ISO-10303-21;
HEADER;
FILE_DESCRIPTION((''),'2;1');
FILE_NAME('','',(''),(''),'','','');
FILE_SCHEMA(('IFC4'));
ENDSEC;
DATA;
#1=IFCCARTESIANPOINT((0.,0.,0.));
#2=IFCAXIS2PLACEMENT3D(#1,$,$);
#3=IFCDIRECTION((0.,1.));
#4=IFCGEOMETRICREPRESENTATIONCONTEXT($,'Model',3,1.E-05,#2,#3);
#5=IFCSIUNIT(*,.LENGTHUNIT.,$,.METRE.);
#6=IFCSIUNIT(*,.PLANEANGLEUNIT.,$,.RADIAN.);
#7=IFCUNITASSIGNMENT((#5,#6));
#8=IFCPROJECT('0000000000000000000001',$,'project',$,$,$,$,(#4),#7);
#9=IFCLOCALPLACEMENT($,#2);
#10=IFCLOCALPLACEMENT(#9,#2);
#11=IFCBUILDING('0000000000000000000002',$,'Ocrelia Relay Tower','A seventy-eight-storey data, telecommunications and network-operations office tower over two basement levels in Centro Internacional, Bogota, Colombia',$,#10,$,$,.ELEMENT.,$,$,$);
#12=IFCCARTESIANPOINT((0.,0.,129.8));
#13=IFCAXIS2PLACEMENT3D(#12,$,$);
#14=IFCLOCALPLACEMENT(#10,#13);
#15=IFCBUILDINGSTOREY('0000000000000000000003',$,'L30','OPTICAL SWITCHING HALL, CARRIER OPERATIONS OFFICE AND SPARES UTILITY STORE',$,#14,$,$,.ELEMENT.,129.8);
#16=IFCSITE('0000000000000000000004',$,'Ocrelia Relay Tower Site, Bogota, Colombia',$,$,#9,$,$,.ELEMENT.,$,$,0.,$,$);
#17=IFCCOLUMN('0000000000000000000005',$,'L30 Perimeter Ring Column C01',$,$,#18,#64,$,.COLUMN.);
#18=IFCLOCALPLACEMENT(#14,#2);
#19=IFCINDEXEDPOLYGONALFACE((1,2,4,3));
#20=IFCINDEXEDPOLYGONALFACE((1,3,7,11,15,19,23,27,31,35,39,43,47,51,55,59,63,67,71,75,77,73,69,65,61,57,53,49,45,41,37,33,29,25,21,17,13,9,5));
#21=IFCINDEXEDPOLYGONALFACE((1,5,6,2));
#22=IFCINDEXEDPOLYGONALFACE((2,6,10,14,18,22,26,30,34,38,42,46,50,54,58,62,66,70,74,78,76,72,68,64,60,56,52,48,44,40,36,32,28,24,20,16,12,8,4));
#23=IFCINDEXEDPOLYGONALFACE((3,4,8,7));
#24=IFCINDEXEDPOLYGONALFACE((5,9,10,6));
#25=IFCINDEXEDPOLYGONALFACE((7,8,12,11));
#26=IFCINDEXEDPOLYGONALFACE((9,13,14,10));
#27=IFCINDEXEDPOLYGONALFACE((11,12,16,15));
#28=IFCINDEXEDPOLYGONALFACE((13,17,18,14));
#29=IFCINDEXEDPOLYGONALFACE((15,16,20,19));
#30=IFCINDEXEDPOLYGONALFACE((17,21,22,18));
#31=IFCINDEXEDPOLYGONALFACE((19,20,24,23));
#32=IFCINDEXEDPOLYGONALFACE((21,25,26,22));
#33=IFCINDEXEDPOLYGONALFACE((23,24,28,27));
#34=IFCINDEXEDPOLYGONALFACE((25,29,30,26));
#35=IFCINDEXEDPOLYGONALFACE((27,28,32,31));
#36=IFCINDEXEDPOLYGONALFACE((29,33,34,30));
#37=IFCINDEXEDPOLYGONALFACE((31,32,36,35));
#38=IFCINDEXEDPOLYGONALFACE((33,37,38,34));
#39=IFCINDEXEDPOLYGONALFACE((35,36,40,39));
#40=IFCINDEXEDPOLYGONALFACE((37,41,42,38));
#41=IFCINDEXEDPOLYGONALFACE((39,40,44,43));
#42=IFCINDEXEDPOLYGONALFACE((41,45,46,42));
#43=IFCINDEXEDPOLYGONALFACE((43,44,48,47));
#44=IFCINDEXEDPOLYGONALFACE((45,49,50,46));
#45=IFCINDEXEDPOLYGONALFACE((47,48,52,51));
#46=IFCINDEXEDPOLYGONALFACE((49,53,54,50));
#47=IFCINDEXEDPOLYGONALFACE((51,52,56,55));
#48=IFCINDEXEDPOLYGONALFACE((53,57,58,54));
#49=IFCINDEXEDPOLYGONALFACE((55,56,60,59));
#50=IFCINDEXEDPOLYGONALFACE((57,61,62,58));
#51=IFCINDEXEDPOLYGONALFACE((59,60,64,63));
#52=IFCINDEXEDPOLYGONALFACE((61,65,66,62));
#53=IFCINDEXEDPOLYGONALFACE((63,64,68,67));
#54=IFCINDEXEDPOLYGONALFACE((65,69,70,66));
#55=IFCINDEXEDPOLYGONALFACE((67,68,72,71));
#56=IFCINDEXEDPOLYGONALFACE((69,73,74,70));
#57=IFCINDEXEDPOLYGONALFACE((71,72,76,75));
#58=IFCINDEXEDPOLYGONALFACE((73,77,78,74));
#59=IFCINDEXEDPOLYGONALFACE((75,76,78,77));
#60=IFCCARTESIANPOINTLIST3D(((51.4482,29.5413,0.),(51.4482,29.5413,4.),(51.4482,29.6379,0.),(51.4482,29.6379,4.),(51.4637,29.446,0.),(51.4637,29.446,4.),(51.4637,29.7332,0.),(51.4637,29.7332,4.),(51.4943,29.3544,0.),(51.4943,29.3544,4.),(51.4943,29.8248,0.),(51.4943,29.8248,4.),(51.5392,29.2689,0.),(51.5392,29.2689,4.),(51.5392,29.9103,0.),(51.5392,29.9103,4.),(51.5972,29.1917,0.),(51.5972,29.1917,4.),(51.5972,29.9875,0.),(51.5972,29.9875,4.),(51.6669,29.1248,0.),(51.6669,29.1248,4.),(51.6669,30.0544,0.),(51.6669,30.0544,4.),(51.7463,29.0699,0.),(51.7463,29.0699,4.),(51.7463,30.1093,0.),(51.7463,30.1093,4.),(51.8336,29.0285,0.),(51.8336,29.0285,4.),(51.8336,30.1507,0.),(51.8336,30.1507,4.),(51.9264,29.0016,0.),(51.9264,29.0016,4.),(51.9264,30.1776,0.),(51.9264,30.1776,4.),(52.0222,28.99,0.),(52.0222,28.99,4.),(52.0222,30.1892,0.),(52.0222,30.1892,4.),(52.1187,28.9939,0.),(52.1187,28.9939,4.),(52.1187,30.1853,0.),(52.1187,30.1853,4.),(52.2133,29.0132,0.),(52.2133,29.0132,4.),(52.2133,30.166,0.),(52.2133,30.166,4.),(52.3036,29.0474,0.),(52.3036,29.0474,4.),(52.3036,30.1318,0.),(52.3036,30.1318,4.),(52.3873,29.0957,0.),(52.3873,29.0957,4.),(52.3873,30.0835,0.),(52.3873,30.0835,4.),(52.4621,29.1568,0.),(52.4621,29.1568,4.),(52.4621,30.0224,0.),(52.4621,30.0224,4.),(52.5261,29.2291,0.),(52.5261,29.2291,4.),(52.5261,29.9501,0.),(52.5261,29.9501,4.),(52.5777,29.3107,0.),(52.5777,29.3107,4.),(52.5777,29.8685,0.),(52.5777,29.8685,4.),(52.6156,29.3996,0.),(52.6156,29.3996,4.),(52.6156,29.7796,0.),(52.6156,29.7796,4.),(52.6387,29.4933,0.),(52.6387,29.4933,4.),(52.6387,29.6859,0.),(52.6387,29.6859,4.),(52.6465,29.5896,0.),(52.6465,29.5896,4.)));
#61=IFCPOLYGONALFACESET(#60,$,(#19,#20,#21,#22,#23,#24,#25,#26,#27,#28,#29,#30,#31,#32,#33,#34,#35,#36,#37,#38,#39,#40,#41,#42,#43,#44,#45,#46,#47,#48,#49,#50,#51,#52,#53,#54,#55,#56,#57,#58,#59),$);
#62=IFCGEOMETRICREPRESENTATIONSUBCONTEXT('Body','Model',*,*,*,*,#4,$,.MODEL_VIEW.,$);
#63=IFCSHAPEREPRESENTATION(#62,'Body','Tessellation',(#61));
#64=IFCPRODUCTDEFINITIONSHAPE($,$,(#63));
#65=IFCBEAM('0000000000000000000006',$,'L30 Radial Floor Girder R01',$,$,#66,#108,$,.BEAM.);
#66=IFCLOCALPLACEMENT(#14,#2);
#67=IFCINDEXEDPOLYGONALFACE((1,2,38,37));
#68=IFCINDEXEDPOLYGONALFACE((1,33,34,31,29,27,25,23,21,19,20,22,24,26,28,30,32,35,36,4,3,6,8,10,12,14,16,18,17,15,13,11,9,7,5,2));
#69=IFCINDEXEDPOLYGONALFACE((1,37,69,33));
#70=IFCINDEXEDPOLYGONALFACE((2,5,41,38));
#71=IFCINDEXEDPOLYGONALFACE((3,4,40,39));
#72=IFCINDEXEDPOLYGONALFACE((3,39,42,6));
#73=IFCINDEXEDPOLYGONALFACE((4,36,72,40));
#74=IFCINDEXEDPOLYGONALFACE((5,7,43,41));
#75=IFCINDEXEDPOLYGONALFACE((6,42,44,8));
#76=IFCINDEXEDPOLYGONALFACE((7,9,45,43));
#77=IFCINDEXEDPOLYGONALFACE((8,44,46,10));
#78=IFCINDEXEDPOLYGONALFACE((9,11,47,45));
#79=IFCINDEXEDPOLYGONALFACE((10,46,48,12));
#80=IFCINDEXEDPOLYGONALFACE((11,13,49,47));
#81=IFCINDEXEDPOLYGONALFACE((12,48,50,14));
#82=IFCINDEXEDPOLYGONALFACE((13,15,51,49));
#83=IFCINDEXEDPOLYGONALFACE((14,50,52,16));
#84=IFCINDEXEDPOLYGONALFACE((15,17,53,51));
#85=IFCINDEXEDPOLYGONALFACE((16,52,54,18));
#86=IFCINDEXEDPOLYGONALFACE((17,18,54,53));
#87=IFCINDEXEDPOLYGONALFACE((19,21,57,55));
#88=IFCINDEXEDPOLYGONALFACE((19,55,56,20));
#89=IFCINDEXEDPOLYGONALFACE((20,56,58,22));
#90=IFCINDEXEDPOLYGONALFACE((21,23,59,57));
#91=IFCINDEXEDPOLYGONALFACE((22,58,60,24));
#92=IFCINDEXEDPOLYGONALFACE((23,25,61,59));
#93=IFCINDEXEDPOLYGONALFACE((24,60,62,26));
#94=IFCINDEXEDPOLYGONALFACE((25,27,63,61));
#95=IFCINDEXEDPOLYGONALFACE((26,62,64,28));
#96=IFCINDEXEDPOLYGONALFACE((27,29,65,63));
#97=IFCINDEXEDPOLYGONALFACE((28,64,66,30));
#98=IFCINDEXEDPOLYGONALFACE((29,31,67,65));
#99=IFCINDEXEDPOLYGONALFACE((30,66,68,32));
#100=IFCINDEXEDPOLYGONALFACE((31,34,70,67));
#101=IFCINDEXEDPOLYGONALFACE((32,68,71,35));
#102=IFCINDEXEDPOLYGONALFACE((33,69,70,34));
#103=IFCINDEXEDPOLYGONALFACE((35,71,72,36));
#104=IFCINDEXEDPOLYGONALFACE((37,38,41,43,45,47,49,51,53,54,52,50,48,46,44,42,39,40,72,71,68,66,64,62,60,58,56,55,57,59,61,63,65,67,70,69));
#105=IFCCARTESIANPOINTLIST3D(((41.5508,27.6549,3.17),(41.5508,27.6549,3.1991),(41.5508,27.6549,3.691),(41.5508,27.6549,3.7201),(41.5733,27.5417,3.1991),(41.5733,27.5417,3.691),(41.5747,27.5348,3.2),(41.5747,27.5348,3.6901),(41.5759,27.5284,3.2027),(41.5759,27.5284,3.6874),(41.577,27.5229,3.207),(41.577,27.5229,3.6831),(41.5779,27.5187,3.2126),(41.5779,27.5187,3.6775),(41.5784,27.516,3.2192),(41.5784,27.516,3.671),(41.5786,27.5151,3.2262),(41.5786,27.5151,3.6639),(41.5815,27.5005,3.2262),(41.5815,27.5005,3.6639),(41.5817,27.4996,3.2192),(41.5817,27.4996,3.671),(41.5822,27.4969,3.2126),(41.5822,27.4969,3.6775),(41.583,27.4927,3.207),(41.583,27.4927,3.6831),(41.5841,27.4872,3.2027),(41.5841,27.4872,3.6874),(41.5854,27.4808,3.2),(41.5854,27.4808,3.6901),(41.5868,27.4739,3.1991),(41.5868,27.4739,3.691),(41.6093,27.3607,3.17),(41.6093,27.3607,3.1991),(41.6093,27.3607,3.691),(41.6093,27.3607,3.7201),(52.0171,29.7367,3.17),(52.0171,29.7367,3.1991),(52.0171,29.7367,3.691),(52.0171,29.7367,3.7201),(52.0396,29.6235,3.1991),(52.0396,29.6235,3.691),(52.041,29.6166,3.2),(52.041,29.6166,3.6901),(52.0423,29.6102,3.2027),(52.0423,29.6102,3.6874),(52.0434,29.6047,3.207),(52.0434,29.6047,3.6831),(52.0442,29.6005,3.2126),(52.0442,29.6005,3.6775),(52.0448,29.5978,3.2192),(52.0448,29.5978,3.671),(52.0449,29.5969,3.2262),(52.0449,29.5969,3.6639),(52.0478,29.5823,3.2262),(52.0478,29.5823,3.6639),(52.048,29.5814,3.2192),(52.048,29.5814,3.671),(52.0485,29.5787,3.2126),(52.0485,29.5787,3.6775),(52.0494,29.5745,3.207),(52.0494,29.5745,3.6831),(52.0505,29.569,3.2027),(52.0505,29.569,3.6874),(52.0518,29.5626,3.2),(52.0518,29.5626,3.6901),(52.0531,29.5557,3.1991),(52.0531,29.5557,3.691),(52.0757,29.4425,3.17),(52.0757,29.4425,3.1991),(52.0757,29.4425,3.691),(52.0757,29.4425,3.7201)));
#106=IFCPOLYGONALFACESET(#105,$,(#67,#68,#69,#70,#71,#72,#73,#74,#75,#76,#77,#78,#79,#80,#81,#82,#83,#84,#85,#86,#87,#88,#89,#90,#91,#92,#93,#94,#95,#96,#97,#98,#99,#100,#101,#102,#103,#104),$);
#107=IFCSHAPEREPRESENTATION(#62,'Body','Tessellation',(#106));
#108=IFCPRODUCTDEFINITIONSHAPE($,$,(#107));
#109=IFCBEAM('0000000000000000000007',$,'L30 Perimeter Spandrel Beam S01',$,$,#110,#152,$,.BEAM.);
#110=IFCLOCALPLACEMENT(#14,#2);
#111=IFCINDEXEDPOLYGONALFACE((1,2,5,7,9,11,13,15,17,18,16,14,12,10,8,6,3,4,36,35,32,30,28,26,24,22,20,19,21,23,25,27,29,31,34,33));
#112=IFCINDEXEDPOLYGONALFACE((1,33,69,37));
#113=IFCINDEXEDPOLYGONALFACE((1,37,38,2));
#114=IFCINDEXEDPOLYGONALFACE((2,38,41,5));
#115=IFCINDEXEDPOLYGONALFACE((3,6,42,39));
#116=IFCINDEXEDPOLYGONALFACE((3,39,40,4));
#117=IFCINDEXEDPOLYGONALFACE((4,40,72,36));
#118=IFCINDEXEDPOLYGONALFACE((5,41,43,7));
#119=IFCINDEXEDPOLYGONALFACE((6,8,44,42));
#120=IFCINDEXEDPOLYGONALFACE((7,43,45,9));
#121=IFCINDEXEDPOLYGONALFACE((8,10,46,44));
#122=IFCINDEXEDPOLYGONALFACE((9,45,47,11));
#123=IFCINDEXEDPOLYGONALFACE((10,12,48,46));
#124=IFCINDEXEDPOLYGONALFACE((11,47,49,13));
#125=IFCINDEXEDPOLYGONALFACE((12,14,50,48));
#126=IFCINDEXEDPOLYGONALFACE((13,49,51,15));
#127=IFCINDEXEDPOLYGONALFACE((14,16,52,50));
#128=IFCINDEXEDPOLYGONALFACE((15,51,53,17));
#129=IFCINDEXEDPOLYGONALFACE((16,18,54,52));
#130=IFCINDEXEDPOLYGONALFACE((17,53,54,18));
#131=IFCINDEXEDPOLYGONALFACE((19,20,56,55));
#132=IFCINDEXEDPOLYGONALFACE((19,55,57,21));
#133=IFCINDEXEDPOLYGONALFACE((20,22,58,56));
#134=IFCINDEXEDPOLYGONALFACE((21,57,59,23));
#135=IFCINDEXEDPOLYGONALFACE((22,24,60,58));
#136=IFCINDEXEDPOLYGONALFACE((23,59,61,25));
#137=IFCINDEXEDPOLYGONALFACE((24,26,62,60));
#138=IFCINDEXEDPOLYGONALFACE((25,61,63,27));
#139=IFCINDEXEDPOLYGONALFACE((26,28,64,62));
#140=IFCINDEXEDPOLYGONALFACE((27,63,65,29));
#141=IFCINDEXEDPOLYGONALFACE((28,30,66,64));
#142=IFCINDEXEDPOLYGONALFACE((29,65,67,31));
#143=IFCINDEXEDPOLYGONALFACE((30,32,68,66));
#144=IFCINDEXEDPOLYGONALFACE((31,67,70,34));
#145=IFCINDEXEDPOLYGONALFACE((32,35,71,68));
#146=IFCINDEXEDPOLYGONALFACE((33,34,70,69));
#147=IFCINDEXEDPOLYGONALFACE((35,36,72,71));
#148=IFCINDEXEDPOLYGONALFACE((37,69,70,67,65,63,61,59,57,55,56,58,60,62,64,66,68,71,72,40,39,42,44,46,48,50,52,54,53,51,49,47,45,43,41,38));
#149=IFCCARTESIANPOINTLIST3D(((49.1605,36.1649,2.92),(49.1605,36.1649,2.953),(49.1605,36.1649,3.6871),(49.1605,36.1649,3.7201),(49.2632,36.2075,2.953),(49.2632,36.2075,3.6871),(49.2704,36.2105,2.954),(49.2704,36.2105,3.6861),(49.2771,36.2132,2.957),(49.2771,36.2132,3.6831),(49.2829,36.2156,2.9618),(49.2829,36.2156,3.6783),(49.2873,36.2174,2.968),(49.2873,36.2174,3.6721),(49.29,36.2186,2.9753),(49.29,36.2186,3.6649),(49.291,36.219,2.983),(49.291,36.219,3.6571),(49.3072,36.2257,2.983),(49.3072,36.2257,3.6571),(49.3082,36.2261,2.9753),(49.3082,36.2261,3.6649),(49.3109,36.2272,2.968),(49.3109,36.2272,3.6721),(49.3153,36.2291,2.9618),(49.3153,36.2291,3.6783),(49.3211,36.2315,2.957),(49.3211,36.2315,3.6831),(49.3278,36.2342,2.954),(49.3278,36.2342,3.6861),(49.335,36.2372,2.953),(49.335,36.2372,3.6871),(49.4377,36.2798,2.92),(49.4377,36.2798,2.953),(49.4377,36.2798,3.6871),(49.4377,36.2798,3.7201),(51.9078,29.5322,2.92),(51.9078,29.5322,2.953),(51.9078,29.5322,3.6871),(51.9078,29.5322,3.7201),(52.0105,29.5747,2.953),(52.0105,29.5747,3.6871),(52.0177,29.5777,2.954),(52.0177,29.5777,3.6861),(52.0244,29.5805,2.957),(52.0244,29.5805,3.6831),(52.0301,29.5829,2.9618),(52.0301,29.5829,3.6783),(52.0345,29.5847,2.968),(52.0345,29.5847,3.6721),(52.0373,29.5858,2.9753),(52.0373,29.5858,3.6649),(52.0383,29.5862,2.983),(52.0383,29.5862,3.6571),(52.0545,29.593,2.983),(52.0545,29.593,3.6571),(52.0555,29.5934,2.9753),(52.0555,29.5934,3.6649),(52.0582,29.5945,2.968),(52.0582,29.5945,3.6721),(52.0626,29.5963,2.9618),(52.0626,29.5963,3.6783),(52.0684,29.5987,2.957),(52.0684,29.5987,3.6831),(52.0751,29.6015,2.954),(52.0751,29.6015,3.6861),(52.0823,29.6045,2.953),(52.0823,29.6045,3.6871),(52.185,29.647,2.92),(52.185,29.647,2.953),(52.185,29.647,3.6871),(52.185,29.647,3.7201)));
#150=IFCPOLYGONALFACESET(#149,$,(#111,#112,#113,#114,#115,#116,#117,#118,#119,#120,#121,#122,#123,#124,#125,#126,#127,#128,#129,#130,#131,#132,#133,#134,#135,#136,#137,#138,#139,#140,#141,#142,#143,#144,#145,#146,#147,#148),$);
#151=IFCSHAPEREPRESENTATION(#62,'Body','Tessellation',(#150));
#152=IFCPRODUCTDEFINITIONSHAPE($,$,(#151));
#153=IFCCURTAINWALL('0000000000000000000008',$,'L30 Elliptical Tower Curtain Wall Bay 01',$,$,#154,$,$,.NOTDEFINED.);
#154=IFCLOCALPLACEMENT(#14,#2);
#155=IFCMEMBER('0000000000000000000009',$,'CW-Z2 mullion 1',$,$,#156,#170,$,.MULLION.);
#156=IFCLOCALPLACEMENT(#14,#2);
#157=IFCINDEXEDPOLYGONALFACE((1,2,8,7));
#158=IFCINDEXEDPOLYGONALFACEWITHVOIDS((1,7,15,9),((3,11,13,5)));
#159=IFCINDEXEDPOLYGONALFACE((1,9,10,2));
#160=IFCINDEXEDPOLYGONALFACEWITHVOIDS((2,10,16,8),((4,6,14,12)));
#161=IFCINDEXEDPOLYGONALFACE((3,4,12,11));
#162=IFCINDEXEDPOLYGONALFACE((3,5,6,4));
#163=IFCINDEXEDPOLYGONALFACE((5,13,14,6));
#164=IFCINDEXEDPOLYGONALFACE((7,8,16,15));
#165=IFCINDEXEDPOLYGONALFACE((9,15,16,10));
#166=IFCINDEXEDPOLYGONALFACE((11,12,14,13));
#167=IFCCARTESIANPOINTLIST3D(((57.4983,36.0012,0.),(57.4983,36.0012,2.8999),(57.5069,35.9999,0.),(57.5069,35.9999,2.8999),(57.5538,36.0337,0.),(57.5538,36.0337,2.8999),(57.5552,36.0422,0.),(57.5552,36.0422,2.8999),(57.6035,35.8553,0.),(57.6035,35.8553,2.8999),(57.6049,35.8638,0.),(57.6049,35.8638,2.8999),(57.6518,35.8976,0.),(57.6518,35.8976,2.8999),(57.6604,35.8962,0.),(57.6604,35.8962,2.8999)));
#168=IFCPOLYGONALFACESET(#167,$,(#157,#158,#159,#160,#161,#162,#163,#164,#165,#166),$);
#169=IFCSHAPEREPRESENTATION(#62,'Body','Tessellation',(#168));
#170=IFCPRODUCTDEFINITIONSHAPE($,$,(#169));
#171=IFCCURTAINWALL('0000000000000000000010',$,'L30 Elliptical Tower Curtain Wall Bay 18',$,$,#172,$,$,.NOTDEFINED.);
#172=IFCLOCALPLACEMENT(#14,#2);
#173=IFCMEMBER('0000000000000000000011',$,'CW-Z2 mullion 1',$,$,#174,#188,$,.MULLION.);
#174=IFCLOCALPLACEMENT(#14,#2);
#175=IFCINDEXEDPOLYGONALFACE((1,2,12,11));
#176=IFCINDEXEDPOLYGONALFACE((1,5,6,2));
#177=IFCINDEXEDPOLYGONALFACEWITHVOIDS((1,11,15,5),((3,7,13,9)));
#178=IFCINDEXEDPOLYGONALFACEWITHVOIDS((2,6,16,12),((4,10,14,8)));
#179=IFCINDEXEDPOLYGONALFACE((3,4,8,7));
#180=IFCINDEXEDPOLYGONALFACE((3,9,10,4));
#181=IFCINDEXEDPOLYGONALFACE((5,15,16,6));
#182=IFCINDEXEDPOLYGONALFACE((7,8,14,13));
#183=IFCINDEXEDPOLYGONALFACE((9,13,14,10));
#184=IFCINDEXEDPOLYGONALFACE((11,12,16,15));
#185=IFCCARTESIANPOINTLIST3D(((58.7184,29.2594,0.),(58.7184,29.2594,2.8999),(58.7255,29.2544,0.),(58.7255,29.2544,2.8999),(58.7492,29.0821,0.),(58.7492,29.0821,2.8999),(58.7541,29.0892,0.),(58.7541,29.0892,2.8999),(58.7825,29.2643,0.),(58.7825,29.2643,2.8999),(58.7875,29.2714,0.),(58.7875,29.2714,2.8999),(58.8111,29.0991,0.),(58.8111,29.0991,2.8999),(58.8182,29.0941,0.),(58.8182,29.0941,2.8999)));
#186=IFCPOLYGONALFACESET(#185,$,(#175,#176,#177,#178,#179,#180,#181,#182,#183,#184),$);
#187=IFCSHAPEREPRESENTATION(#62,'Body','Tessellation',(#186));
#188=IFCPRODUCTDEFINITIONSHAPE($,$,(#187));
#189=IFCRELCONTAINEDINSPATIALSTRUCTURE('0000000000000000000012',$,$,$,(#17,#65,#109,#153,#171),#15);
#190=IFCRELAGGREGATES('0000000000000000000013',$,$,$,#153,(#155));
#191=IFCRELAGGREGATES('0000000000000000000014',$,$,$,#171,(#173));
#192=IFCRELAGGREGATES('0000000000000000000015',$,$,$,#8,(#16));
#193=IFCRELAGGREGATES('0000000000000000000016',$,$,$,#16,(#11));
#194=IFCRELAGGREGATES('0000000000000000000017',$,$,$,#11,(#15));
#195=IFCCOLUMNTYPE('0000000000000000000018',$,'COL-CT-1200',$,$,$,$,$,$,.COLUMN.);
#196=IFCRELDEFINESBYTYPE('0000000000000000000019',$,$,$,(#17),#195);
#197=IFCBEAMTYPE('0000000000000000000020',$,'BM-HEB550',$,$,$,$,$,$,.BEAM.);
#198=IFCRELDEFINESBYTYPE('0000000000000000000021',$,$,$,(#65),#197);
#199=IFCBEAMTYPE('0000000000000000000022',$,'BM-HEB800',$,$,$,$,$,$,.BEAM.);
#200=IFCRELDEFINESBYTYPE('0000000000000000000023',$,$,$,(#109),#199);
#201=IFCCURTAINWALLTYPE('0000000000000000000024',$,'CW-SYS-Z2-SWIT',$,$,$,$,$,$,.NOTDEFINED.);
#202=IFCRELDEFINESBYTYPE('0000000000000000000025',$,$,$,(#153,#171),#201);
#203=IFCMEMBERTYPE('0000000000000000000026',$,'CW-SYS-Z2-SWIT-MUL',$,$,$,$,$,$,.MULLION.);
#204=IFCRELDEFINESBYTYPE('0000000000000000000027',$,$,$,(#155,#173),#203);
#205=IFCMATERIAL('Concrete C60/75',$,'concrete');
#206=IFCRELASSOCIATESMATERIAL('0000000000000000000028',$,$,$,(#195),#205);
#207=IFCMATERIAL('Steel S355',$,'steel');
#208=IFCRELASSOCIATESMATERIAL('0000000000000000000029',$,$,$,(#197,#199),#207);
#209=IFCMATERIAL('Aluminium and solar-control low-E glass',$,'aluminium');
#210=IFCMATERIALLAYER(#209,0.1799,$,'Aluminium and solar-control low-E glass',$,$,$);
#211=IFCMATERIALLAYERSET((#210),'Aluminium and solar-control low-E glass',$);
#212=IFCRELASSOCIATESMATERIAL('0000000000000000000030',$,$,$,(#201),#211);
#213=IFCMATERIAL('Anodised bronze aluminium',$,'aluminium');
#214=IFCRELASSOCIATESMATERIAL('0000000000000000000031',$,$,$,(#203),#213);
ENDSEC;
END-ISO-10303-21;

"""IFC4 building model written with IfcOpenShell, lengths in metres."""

from ifc_helpers import new_model, si_unit, direction, frame, origin, origin_2d, place, context, subcontext, project, spatial, hollow_rectangle, circle, i_section, extrude, material, layer, layer_set, material_profile, profile_set, type_object, element, aggregate, save


model = new_model("IFC4")

# Units and contexts
model_context = context("Model", 3, precision=1e-05, world=origin(), true_north=direction((0.0, 1.0)))
body_context = subcontext(model_context, "Body", "Model", "MODEL_VIEW")
ifc_project = project(units=[si_unit("LENGTHUNIT", "METRE"), si_unit("PLANEANGLEUNIT", "RADIAN")], contexts=[model_context])

# Site, building, storey
site_placement = place(None, origin())
site = spatial("IfcSite", under=ifc_project, at=site_placement, Name="Ocrelia Relay Tower Site, Bogota, Colombia", CompositionType="ELEMENT", RefElevation=0.0)
building_placement = place(site_placement, origin())
building = spatial("IfcBuilding", under=site, at=building_placement, Name="Ocrelia Relay Tower", Description="A seventy-eight-storey data, telecommunications and network-operations office tower over two basement levels in Centro Internacional, Bogota, Colombia", CompositionType="ELEMENT")
storey_placement = place(building_placement, frame((0.0, 0.0, 129.8)))
storey = spatial("IfcBuildingStorey", under=building, at=storey_placement, Name="L30", Description="OPTICAL SWITCHING HALL, CARRIER OPERATIONS OFFICE AND SPARES UTILITY STORE", CompositionType="ELEMENT", Elevation=129.8)

# Column
ifc_material_1 = material(Name="Concrete C60/75", Category="concrete")
ifc_material_profile_1 = material_profile(ifc_material_1, circle(Radius=0.6001, at=origin_2d()), Name="RC-CIR-1200")
ifc_profile_set_1 = profile_set([ifc_material_profile_1], Name="Concrete C60/75")
column_type = type_object("IfcColumnType", Name="COL-CT-1200", PredefinedType="COLUMN", material=ifc_profile_set_1)
column_placement = place(storey_placement, frame((52.0464, 29.5896, 0.0), z_axis=(0.0, 0.0, 1.0), x_axis=(1.0, 0.0, 0.0)))
element("IfcColumn", 1, at=column_placement, inside=storey, type_object=column_type, Name="L30 Perimeter Ring Column C01", PredefinedType="COLUMN", context=body_context, shape_type="SweptSolid", body=[
    extrude(circle(Radius=0.6001, at=origin_2d()), origin(), (0.0, 0.0, 1.0), 4.0),
])

# Beams
ifc_material_2 = material(Name="Steel S355", Category="steel")
ifc_material_profile_2 = material_profile(ifc_material_2, i_section(OverallWidth=0.3, OverallDepth=0.55, WebThickness=0.0149, FlangeThickness=0.0291, FilletRadius=0.0271, at=origin_2d()), Name="HEB 550")
ifc_profile_set_2 = profile_set([ifc_material_profile_2], Name="Steel S355")
beam_type_1 = type_object("IfcBeamType", Name="BM-HEB550", PredefinedType="BEAM", material=ifc_profile_set_2)
beam_1_placement = place(storey_placement, frame((52.0464, 29.5896, 3.4451), z_axis=(-0.980787, -0.195082, 0.0), x_axis=(0.195082, -0.980787, 0.0)))
element("IfcBeam", 2, at=beam_1_placement, inside=storey, type_object=beam_type_1, Name="L30 Radial Floor Girder R01", PredefinedType="BEAM", context=body_context, shape_type="SweptSolid", body=[
    extrude(i_section(OverallWidth=0.3, OverallDepth=0.55, WebThickness=0.0149, FlangeThickness=0.0291, FilletRadius=0.0271, at=origin_2d()), origin(), (0.0, 0.0, 1.0), 10.6714),
])
ifc_material_profile_3 = material_profile(ifc_material_2, i_section(OverallWidth=0.3, OverallDepth=0.8, WebThickness=0.0176, FlangeThickness=0.033, FilletRadius=0.03, at=origin_2d()), Name="HEB 800")
ifc_profile_set_3 = profile_set([ifc_material_profile_3], Name="Steel S355")
beam_type_2 = type_object("IfcBeamType", Name="BM-HEB800", PredefinedType="BEAM", material=ifc_profile_set_3)
beam_2_placement = place(storey_placement, frame((52.0464, 29.5896, 3.3201), z_axis=(-0.382673, 0.923884, 0.0), x_axis=(-0.923884, -0.382673, 0.0)))
element("IfcBeam", 3, at=beam_2_placement, inside=storey, type_object=beam_type_2, Name="L30 Perimeter Spandrel Beam S01", PredefinedType="BEAM", context=body_context, shape_type="SweptSolid", body=[
    extrude(i_section(OverallWidth=0.3, OverallDepth=0.8, WebThickness=0.0176, FlangeThickness=0.033, FilletRadius=0.03, at=origin_2d()), origin(), (0.0, 0.0, 1.0), 7.1792),
])

# Curtain wall, member
ifc_material_3 = material(Name="Aluminium and solar-control low-E glass", Category="aluminium")
ifc_layer_1 = layer(ifc_material_3, 0.1799, Name="Aluminium and solar-control low-E glass")
ifc_layer_set_1 = layer_set([ifc_layer_1], Name="Aluminium and solar-control low-E glass")
curtain_wall_type = type_object("IfcCurtainWallType", Name="CW-SYS-Z2-SWIT", PredefinedType="NOTDEFINED", material=ifc_layer_set_1)
curtain_wall_1_placement = place(storey_placement, origin())
curtain_wall_1 = element("IfcCurtainWall", 4, at=curtain_wall_1_placement, inside=storey, type_object=curtain_wall_type, Name="L30 Elliptical Tower Curtain Wall Bay 01", PredefinedType="NOTDEFINED")
ifc_material_4 = material(Name="Anodised bronze aluminium", Category="aluminium")
ifc_material_profile_4 = material_profile(ifc_material_4, hollow_rectangle(XDim=0.0701, YDim=0.1799, WallThickness=0.0061, at=origin_2d()), Name="CW-MUL-180x70")
ifc_profile_set_4 = profile_set([ifc_material_profile_4], Name="Anodised bronze aluminium")
member_type_1 = type_object("IfcMemberType", Name="CW-SYS-Z2-SWIT-MUL", PredefinedType="MULLION", material=ifc_profile_set_4)
member_1_placement = place(storey_placement, frame((57.5793, 35.9487, 0.0), z_axis=(0.0, 0.0, 1.0), x_axis=(-0.811374, -0.584527, 0.0)))
member_1 = element("IfcMember", 5, at=member_1_placement, type_object=member_type_1, Name="CW-Z2 mullion 1", PredefinedType="MULLION", context=body_context, shape_type="SweptSolid", body=[
    extrude(hollow_rectangle(XDim=0.0701, YDim=0.1799, WallThickness=0.0061, at=origin_2d()), origin(), (0.0, 0.0, 1.0), 2.8999),
])
aggregate(curtain_wall_1, [member_1])

# Curtain wall, member
curtain_wall_2_placement = place(storey_placement, origin())
curtain_wall_2 = element("IfcCurtainWall", 6, at=curtain_wall_2_placement, inside=storey, type_object=curtain_wall_type, Name="L30 Elliptical Tower Curtain Wall Bay 18", PredefinedType="NOTDEFINED")
member_2_placement = place(storey_placement, frame((58.7683, 29.1768, 0.0), z_axis=(0.0, 0.0, 1.0), x_axis=(-0.985317, -0.170734, 0.0)))
member_2 = element("IfcMember", 7, at=member_2_placement, type_object=member_type_1, Name="CW-Z2 mullion 1", PredefinedType="MULLION", context=body_context, shape_type="SweptSolid", body=[
    extrude(hollow_rectangle(XDim=0.0701, YDim=0.1799, WallThickness=0.0061, at=origin_2d()), origin(), (0.0, 0.0, 1.0), 2.8999),
])
aggregate(curtain_wall_2, [member_2])

save(model, "model.ifc")
